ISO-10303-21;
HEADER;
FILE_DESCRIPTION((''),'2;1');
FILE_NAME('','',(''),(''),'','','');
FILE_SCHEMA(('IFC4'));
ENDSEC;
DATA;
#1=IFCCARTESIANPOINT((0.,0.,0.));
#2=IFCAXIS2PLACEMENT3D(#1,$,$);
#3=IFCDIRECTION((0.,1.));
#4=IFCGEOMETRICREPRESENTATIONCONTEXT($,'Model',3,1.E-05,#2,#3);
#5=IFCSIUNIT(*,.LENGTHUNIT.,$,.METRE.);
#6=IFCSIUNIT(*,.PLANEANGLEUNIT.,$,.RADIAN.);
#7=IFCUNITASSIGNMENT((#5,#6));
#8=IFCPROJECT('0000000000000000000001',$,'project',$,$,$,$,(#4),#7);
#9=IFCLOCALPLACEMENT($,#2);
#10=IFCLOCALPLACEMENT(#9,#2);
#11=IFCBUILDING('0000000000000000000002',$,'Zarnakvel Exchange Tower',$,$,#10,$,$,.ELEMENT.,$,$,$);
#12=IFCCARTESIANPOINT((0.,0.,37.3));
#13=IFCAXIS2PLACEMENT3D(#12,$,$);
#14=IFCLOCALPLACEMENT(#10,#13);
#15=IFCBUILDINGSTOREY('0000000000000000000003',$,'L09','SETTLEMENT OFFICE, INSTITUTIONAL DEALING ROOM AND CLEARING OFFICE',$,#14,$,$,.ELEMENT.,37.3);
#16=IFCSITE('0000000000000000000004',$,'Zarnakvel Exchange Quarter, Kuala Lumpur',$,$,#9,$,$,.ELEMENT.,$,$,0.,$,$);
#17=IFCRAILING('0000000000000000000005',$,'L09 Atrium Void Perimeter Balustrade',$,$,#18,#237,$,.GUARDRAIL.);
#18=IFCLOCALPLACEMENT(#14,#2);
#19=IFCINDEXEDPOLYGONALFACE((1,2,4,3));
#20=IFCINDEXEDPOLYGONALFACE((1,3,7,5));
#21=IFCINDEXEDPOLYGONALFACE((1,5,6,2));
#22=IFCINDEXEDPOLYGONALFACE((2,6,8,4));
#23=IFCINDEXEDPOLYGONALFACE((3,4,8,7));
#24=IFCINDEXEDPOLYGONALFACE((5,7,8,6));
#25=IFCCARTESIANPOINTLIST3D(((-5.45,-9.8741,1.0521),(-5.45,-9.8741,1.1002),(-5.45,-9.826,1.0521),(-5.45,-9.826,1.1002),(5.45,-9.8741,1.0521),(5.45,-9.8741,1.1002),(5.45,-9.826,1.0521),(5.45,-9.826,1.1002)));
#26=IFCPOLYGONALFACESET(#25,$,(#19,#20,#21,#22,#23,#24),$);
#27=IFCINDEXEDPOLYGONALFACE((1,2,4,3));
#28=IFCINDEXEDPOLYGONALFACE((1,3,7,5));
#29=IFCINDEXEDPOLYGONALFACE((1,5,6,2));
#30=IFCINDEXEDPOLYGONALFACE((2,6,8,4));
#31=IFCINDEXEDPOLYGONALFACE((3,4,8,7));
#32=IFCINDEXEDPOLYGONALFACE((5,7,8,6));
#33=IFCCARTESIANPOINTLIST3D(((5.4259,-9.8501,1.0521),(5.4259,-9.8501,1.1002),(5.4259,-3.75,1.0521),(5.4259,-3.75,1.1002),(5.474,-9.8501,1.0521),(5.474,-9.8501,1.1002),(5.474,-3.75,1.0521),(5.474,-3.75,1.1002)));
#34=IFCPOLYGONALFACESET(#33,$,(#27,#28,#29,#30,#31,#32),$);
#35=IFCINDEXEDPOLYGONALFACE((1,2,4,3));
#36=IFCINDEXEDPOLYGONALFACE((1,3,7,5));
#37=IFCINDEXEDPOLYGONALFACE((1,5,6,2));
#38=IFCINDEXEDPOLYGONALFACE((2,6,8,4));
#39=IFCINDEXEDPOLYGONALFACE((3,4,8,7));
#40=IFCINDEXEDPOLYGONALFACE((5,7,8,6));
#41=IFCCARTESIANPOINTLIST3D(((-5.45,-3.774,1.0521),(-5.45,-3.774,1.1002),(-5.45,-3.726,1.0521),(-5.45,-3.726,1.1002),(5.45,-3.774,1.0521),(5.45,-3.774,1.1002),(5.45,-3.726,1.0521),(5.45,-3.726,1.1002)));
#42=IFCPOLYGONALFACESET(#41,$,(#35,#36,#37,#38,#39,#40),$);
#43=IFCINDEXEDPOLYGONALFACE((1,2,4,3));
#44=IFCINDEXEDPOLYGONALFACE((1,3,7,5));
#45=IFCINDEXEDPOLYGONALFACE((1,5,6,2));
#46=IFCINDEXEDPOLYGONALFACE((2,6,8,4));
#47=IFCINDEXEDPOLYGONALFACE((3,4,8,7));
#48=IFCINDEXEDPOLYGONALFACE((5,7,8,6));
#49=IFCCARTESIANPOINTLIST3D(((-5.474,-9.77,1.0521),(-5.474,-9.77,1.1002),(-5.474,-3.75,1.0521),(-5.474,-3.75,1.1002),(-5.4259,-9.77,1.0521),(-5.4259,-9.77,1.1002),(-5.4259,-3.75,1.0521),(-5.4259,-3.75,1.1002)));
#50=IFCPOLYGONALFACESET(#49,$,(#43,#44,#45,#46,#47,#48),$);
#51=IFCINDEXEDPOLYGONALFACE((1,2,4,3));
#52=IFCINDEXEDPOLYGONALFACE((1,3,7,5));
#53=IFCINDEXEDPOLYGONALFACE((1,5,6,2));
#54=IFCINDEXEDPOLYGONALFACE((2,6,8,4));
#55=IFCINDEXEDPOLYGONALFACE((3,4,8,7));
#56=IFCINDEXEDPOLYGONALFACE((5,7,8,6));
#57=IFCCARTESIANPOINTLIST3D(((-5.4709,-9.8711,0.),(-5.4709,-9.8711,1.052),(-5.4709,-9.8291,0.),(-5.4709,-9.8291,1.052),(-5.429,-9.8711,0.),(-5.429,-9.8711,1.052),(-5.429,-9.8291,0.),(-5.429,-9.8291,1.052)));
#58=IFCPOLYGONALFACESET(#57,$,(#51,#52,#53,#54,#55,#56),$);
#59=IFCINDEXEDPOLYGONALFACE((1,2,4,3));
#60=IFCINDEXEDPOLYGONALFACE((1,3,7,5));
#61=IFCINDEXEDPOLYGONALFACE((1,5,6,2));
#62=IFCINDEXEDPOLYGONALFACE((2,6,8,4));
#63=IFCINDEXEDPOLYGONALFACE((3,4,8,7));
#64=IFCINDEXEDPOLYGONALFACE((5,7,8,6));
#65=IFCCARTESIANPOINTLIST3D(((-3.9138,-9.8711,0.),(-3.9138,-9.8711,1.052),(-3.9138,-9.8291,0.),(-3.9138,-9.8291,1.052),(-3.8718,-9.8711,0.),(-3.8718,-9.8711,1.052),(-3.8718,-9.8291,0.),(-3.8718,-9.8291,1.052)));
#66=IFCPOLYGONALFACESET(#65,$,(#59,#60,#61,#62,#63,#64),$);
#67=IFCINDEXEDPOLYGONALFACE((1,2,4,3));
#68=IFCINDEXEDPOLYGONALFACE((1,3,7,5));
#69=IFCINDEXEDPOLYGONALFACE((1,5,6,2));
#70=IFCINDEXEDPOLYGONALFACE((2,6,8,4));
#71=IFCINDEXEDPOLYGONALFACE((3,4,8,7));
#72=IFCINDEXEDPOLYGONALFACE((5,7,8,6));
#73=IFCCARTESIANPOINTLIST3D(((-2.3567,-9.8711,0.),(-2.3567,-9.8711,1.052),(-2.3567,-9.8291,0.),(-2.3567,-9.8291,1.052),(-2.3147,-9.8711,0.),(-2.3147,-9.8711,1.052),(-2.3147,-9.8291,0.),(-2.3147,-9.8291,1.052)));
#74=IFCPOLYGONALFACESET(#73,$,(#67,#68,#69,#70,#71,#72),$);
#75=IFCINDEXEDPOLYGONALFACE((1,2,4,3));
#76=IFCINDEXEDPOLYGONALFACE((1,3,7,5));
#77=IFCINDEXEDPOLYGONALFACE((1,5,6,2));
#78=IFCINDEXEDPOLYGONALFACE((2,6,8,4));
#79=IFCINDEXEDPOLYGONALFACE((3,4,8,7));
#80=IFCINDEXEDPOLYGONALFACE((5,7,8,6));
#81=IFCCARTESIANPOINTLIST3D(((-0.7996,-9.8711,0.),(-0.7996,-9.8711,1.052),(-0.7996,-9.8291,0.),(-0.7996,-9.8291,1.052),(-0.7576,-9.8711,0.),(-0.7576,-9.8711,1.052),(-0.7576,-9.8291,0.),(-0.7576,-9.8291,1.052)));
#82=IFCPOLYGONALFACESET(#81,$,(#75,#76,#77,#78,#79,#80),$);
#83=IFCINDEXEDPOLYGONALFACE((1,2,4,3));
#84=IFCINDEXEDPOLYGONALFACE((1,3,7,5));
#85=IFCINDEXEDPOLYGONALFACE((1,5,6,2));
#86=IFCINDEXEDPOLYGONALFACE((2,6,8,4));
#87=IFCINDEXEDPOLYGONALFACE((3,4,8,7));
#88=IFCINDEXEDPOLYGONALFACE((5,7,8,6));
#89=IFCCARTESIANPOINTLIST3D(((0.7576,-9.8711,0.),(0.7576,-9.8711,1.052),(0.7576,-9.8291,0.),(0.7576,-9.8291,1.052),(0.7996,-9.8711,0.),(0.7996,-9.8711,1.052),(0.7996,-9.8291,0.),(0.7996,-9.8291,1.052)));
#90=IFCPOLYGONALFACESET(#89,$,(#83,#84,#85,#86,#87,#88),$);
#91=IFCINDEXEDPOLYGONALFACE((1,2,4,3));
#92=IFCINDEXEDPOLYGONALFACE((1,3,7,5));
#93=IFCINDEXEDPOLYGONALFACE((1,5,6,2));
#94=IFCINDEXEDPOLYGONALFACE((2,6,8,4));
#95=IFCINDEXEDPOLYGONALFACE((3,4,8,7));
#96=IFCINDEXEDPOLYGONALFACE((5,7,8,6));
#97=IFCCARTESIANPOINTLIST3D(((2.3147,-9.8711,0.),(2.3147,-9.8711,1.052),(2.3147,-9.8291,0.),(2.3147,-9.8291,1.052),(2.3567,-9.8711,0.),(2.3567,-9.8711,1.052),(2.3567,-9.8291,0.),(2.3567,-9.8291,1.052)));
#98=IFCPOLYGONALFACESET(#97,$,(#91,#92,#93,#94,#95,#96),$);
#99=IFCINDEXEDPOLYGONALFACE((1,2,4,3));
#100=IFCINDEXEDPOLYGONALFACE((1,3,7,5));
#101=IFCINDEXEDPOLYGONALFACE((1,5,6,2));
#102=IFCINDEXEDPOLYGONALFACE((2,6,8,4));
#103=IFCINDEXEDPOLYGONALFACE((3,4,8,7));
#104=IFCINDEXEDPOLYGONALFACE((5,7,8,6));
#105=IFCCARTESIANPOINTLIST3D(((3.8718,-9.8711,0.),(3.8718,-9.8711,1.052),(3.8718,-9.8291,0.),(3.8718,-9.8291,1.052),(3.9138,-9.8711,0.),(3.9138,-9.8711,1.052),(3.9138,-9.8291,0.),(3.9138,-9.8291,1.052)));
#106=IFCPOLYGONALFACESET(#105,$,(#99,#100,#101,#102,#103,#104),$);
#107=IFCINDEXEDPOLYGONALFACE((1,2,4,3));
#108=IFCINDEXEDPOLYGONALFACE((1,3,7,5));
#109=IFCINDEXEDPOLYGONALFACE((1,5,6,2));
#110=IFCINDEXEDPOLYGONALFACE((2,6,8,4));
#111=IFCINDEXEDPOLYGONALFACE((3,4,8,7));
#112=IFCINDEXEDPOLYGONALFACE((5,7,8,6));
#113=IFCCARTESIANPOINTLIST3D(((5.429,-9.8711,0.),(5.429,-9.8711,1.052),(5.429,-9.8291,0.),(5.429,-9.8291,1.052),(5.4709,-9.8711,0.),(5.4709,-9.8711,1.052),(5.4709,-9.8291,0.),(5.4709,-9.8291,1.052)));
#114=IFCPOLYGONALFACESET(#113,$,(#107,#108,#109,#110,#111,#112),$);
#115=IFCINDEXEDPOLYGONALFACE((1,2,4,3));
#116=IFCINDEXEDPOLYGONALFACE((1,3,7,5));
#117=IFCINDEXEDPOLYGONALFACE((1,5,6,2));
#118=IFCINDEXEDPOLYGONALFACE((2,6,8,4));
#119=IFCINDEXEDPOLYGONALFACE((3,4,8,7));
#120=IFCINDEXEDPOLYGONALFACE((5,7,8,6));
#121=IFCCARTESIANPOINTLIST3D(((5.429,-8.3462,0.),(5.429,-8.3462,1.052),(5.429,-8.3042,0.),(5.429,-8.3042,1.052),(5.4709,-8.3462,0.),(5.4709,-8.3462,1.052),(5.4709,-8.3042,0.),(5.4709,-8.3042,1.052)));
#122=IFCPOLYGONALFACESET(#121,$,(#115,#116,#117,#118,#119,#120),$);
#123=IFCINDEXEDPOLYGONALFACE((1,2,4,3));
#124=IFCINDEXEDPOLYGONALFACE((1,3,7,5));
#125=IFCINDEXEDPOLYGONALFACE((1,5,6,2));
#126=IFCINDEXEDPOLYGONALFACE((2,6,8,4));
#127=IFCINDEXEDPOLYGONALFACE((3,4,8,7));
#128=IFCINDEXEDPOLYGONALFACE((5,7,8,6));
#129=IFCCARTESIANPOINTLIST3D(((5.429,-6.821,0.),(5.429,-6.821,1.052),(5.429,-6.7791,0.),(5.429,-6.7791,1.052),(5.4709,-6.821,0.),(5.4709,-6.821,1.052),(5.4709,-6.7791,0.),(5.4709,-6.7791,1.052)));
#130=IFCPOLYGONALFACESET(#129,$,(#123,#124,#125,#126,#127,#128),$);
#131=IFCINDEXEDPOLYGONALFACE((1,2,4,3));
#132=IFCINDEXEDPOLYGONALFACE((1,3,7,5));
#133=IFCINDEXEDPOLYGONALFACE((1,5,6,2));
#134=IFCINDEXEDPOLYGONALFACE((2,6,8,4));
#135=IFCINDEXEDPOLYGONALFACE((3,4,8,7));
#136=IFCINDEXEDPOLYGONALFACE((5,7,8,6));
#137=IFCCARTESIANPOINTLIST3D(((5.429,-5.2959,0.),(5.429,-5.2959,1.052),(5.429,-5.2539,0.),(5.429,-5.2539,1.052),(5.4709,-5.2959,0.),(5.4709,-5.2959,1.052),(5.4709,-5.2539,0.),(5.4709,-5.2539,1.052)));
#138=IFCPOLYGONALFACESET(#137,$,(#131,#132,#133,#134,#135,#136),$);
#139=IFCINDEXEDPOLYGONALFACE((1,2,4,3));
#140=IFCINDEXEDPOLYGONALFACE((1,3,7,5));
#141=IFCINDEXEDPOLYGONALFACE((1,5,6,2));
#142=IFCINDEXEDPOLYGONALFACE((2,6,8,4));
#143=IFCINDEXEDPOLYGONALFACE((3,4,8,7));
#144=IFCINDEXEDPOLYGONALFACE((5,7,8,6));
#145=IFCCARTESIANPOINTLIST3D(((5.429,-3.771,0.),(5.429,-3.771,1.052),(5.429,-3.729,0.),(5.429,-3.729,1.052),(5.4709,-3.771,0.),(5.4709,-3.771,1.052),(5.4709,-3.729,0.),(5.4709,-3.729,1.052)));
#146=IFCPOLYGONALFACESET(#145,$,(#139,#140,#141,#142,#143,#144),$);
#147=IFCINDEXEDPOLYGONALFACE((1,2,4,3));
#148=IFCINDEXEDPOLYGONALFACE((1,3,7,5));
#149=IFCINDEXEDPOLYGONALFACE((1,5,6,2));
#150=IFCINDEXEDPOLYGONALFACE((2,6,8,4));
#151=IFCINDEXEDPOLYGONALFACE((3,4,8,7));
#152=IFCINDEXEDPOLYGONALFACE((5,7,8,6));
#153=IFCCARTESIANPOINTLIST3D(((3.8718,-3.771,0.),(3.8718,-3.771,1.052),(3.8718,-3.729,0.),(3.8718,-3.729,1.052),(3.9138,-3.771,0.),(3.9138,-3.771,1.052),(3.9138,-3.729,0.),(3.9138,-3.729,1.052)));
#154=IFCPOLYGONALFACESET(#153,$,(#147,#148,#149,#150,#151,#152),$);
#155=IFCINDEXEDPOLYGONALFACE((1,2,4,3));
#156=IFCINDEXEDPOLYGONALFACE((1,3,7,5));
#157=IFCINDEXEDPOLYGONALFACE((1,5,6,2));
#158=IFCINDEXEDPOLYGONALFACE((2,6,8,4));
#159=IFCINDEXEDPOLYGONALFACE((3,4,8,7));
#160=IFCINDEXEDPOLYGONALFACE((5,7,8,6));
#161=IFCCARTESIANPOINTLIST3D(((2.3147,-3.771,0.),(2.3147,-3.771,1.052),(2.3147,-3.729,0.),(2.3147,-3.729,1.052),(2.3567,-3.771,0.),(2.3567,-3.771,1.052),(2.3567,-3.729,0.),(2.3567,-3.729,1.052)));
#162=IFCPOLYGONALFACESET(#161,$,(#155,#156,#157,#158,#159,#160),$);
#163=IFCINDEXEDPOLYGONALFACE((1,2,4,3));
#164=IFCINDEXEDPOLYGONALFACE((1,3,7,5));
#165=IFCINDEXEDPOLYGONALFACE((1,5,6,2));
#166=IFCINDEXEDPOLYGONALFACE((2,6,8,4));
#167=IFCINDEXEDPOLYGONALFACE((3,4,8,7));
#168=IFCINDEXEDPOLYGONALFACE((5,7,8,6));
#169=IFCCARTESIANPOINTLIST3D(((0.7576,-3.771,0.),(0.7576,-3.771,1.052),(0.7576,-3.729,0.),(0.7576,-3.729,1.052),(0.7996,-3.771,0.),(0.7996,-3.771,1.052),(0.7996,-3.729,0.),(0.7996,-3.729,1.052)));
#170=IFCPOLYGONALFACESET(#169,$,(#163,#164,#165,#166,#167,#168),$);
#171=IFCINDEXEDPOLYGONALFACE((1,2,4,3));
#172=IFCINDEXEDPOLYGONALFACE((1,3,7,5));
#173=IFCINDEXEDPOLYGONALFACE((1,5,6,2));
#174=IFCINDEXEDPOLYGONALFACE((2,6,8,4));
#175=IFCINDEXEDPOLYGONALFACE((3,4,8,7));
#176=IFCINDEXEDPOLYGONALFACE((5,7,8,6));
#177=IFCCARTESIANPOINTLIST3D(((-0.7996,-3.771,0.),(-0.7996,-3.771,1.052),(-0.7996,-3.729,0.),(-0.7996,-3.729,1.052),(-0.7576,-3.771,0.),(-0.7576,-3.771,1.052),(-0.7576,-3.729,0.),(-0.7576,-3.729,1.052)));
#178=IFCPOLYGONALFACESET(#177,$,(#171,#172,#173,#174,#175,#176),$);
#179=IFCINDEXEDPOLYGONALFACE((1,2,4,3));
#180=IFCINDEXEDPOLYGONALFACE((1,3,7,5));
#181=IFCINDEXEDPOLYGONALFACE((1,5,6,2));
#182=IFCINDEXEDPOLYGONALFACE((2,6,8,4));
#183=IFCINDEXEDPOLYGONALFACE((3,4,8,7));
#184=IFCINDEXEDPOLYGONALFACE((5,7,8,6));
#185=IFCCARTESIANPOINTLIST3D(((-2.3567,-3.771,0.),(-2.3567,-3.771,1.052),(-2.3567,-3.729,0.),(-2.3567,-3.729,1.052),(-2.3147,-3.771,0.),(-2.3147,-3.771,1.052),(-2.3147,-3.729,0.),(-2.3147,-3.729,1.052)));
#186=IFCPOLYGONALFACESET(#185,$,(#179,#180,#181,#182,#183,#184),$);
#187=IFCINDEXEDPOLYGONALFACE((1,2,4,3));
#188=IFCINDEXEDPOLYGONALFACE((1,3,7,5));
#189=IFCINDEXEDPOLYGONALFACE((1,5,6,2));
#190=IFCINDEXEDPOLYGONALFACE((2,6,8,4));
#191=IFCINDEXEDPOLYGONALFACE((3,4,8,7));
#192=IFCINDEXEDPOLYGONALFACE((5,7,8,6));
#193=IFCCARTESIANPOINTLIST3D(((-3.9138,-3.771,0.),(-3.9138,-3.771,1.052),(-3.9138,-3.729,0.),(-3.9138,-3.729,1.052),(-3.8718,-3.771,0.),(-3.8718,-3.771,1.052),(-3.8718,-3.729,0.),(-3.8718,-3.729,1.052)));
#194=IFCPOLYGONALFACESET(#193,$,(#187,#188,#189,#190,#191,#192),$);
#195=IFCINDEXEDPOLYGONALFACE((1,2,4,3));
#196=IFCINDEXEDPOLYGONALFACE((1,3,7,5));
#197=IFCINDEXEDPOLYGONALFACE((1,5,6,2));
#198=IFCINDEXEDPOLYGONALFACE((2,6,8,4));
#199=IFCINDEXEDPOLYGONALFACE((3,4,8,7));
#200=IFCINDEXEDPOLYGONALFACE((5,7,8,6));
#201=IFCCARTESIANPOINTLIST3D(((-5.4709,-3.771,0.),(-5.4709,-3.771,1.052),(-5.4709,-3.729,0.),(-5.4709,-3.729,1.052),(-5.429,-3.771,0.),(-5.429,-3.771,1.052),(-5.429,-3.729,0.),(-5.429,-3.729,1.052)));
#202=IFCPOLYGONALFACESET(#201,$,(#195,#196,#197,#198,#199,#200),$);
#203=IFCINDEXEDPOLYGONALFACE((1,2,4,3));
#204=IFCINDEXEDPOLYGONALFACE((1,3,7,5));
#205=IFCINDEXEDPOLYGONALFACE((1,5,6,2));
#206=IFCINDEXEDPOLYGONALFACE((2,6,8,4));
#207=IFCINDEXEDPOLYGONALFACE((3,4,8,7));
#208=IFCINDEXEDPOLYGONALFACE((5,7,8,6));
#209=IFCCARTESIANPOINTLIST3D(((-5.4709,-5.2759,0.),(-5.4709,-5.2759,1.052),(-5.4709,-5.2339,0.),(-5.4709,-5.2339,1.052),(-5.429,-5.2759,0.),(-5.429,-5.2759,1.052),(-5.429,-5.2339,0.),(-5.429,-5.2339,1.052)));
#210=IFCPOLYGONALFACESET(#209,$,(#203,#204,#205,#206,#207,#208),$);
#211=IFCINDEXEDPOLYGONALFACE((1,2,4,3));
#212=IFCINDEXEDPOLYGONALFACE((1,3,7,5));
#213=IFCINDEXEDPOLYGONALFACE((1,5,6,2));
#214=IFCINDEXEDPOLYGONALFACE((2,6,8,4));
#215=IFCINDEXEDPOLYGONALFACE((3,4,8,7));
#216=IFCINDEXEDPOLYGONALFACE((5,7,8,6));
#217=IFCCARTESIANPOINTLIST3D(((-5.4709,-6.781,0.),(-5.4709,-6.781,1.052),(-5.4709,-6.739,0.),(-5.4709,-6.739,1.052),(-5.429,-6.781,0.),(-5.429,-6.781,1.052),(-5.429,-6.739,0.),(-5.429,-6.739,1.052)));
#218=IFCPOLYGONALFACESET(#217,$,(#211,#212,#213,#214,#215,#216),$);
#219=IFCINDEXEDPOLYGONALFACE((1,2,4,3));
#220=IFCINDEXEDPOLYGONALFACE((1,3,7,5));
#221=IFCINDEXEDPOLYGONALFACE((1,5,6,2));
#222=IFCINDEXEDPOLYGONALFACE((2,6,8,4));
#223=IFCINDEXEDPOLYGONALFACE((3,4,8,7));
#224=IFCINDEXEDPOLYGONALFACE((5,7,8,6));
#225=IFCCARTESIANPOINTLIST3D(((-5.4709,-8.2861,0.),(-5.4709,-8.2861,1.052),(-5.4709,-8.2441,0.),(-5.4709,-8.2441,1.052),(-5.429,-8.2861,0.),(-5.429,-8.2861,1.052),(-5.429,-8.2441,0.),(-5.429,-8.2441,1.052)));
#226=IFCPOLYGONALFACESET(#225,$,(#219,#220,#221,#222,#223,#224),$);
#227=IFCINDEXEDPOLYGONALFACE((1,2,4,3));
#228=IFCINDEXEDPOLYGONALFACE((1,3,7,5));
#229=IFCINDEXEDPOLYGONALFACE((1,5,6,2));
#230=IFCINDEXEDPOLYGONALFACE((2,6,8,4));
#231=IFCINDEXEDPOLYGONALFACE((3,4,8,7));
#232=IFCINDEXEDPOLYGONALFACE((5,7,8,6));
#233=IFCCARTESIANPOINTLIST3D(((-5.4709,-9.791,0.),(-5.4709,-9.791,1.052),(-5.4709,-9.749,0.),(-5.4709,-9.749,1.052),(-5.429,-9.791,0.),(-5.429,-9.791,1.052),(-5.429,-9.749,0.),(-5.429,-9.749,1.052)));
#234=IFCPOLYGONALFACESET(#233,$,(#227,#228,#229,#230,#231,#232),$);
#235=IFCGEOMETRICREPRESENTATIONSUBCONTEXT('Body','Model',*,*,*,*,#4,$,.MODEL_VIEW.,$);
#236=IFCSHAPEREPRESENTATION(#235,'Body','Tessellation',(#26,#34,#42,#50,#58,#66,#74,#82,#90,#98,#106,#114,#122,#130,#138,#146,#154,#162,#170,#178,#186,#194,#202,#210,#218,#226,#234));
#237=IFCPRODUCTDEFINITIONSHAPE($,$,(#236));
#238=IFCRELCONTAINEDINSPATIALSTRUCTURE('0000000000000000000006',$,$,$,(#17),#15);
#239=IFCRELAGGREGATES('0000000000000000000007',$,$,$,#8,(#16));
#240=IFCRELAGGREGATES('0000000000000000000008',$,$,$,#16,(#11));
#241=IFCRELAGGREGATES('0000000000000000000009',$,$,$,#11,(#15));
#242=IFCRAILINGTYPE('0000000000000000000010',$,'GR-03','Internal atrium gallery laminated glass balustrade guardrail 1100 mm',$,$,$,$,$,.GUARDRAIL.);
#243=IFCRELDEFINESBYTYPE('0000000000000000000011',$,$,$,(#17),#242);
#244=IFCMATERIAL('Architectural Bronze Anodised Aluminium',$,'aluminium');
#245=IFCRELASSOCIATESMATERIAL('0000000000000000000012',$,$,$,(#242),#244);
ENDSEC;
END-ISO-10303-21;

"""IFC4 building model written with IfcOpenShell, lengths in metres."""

from ifc_helpers import new_model, si_unit, direction, frame, origin, origin_2d, place, context, subcontext, project, spatial, rectangle, extrude, material, type_object, element, save


model = new_model("IFC4")

# Units and contexts
model_context = context("Model", 3, precision=1e-05, world=origin(), true_north=direction((0.0, 1.0)))
body_context = subcontext(model_context, "Body", "Model", "MODEL_VIEW")
ifc_project = project(units=[si_unit("LENGTHUNIT", "METRE"), si_unit("PLANEANGLEUNIT", "RADIAN")], contexts=[model_context])

# Site, building, storey
site_placement = place(None, origin())
site = spatial("IfcSite", under=ifc_project, at=site_placement, Name="Zarnakvel Exchange Quarter, Kuala Lumpur", CompositionType="ELEMENT", RefElevation=0.0)
building_placement = place(site_placement, origin())
building = spatial("IfcBuilding", under=site, at=building_placement, Name="Zarnakvel Exchange Tower", CompositionType="ELEMENT")
storey_placement = place(building_placement, frame((0.0, 0.0, 37.3)))
storey = spatial("IfcBuildingStorey", under=building, at=storey_placement, Name="L09", Description="SETTLEMENT OFFICE, INSTITUTIONAL DEALING ROOM AND CLEARING OFFICE", CompositionType="ELEMENT", Elevation=37.3)

# Railing
ifc_material_1 = material(Name="Architectural Bronze Anodised Aluminium", Category="aluminium")
railing_type = type_object("IfcRailingType", Name="GR-03", Description="Internal atrium gallery laminated glass balustrade guardrail 1100 mm", PredefinedType="GUARDRAIL", material=ifc_material_1)
railing_placement = place(storey_placement, frame((-5.45, -9.8501, 0.0)))
element("IfcRailing", 1, at=railing_placement, inside=storey, type_object=railing_type, Name="L09 Atrium Void Perimeter Balustrade", PredefinedType="GUARDRAIL", context=body_context, shape_type="SweptSolid", body=[
    extrude(rectangle(XDim=0.0481, YDim=0.0481, at=origin_2d()), frame((0.0, 0.0, 1.0762), z_axis=(1.0, 0.0, 0.0), x_axis=(0.0, 1.0, 0.0)), (0.0, 0.0, 1.0), 10.8999),
    extrude(rectangle(XDim=0.0481, YDim=0.0481, at=origin_2d()), frame((10.8999, 0.0, 1.0762), z_axis=(0.0, 1.0, 0.0), x_axis=(-1.0, 0.0, 0.0)), (0.0, 0.0, 1.0), 6.1001),
    extrude(rectangle(XDim=0.0481, YDim=0.0481, at=origin_2d()), frame((10.8999, 6.1001, 1.0762), z_axis=(-1.0, 0.0, 0.0), x_axis=(0.0, -1.0, 0.0)), (0.0, 0.0, 1.0), 10.8999),
    extrude(rectangle(XDim=0.0481, YDim=0.0481, at=origin_2d()), frame((0.0, 6.1001, 1.0762), z_axis=(0.0, -1.0, 0.0), x_axis=(1.0, 0.0, 0.0)), (0.0, 0.0, 1.0), 6.02),
    extrude(rectangle(XDim=0.042, YDim=0.042, at=origin_2d()), origin(), (0.0, 0.0, 1.0), 1.052),
    extrude(rectangle(XDim=0.042, YDim=0.042, at=origin_2d()), frame((1.5571, 0.0, 0.0)), (0.0, 0.0, 1.0), 1.052),
    extrude(rectangle(XDim=0.042, YDim=0.042, at=origin_2d()), frame((3.1143, 0.0, 0.0)), (0.0, 0.0, 1.0), 1.052),
    extrude(rectangle(XDim=0.042, YDim=0.042, at=origin_2d()), frame((4.6714, 0.0, 0.0)), (0.0, 0.0, 1.0), 1.052),
    extrude(rectangle(XDim=0.042, YDim=0.042, at=origin_2d()), frame((6.2285, 0.0, 0.0)), (0.0, 0.0, 1.0), 1.052),
    extrude(rectangle(XDim=0.042, YDim=0.042, at=origin_2d()), frame((7.7856, 0.0, 0.0)), (0.0, 0.0, 1.0), 1.052),
    extrude(rectangle(XDim=0.042, YDim=0.042, at=origin_2d()), frame((9.3428, 0.0, 0.0)), (0.0, 0.0, 1.0), 1.052),
    extrude(rectangle(XDim=0.042, YDim=0.042, at=origin_2d()), frame((10.8999, 0.0, 0.0)), (0.0, 0.0, 1.0), 1.052),
    extrude(rectangle(XDim=0.042, YDim=0.042, at=origin_2d()), frame((10.8999, 1.5249, 0.0)), (0.0, 0.0, 1.0), 1.052),
    extrude(rectangle(XDim=0.042, YDim=0.042, at=origin_2d()), frame((10.8999, 3.05, 0.0)), (0.0, 0.0, 1.0), 1.052),
    extrude(rectangle(XDim=0.042, YDim=0.042, at=origin_2d()), frame((10.8999, 4.5752, 0.0)), (0.0, 0.0, 1.0), 1.052),
    extrude(rectangle(XDim=0.042, YDim=0.042, at=origin_2d()), frame((10.8999, 6.1001, 0.0)), (0.0, 0.0, 1.0), 1.052),
    extrude(rectangle(XDim=0.042, YDim=0.042, at=origin_2d()), frame((9.3428, 6.1001, 0.0)), (0.0, 0.0, 1.0), 1.052),
    extrude(rectangle(XDim=0.042, YDim=0.042, at=origin_2d()), frame((7.7856, 6.1001, 0.0)), (0.0, 0.0, 1.0), 1.052),
    extrude(rectangle(XDim=0.042, YDim=0.042, at=origin_2d()), frame((6.2285, 6.1001, 0.0)), (0.0, 0.0, 1.0), 1.052),
    extrude(rectangle(XDim=0.042, YDim=0.042, at=origin_2d()), frame((4.6714, 6.1001, 0.0)), (0.0, 0.0, 1.0), 1.052),
    extrude(rectangle(XDim=0.042, YDim=0.042, at=origin_2d()), frame((3.1143, 6.1001, 0.0)), (0.0, 0.0, 1.0), 1.052),
    extrude(rectangle(XDim=0.042, YDim=0.042, at=origin_2d()), frame((1.5571, 6.1001, 0.0)), (0.0, 0.0, 1.0), 1.052),
    extrude(rectangle(XDim=0.042, YDim=0.042, at=origin_2d()), frame((0.0, 6.1001, 0.0)), (0.0, 0.0, 1.0), 1.052),
    extrude(rectangle(XDim=0.042, YDim=0.042, at=origin_2d()), frame((0.0, 4.5952, 0.0)), (0.0, 0.0, 1.0), 1.052),
    extrude(rectangle(XDim=0.042, YDim=0.042, at=origin_2d()), frame((0.0, 3.0901, 0.0)), (0.0, 0.0, 1.0), 1.052),
    extrude(rectangle(XDim=0.042, YDim=0.042, at=origin_2d()), frame((0.0, 1.585, 0.0)), (0.0, 0.0, 1.0), 1.052),
    extrude(rectangle(XDim=0.042, YDim=0.042, at=origin_2d()), frame((0.0, 0.0801, 0.0)), (0.0, 0.0, 1.0), 1.052),
])

save(model, "model.ifc")
